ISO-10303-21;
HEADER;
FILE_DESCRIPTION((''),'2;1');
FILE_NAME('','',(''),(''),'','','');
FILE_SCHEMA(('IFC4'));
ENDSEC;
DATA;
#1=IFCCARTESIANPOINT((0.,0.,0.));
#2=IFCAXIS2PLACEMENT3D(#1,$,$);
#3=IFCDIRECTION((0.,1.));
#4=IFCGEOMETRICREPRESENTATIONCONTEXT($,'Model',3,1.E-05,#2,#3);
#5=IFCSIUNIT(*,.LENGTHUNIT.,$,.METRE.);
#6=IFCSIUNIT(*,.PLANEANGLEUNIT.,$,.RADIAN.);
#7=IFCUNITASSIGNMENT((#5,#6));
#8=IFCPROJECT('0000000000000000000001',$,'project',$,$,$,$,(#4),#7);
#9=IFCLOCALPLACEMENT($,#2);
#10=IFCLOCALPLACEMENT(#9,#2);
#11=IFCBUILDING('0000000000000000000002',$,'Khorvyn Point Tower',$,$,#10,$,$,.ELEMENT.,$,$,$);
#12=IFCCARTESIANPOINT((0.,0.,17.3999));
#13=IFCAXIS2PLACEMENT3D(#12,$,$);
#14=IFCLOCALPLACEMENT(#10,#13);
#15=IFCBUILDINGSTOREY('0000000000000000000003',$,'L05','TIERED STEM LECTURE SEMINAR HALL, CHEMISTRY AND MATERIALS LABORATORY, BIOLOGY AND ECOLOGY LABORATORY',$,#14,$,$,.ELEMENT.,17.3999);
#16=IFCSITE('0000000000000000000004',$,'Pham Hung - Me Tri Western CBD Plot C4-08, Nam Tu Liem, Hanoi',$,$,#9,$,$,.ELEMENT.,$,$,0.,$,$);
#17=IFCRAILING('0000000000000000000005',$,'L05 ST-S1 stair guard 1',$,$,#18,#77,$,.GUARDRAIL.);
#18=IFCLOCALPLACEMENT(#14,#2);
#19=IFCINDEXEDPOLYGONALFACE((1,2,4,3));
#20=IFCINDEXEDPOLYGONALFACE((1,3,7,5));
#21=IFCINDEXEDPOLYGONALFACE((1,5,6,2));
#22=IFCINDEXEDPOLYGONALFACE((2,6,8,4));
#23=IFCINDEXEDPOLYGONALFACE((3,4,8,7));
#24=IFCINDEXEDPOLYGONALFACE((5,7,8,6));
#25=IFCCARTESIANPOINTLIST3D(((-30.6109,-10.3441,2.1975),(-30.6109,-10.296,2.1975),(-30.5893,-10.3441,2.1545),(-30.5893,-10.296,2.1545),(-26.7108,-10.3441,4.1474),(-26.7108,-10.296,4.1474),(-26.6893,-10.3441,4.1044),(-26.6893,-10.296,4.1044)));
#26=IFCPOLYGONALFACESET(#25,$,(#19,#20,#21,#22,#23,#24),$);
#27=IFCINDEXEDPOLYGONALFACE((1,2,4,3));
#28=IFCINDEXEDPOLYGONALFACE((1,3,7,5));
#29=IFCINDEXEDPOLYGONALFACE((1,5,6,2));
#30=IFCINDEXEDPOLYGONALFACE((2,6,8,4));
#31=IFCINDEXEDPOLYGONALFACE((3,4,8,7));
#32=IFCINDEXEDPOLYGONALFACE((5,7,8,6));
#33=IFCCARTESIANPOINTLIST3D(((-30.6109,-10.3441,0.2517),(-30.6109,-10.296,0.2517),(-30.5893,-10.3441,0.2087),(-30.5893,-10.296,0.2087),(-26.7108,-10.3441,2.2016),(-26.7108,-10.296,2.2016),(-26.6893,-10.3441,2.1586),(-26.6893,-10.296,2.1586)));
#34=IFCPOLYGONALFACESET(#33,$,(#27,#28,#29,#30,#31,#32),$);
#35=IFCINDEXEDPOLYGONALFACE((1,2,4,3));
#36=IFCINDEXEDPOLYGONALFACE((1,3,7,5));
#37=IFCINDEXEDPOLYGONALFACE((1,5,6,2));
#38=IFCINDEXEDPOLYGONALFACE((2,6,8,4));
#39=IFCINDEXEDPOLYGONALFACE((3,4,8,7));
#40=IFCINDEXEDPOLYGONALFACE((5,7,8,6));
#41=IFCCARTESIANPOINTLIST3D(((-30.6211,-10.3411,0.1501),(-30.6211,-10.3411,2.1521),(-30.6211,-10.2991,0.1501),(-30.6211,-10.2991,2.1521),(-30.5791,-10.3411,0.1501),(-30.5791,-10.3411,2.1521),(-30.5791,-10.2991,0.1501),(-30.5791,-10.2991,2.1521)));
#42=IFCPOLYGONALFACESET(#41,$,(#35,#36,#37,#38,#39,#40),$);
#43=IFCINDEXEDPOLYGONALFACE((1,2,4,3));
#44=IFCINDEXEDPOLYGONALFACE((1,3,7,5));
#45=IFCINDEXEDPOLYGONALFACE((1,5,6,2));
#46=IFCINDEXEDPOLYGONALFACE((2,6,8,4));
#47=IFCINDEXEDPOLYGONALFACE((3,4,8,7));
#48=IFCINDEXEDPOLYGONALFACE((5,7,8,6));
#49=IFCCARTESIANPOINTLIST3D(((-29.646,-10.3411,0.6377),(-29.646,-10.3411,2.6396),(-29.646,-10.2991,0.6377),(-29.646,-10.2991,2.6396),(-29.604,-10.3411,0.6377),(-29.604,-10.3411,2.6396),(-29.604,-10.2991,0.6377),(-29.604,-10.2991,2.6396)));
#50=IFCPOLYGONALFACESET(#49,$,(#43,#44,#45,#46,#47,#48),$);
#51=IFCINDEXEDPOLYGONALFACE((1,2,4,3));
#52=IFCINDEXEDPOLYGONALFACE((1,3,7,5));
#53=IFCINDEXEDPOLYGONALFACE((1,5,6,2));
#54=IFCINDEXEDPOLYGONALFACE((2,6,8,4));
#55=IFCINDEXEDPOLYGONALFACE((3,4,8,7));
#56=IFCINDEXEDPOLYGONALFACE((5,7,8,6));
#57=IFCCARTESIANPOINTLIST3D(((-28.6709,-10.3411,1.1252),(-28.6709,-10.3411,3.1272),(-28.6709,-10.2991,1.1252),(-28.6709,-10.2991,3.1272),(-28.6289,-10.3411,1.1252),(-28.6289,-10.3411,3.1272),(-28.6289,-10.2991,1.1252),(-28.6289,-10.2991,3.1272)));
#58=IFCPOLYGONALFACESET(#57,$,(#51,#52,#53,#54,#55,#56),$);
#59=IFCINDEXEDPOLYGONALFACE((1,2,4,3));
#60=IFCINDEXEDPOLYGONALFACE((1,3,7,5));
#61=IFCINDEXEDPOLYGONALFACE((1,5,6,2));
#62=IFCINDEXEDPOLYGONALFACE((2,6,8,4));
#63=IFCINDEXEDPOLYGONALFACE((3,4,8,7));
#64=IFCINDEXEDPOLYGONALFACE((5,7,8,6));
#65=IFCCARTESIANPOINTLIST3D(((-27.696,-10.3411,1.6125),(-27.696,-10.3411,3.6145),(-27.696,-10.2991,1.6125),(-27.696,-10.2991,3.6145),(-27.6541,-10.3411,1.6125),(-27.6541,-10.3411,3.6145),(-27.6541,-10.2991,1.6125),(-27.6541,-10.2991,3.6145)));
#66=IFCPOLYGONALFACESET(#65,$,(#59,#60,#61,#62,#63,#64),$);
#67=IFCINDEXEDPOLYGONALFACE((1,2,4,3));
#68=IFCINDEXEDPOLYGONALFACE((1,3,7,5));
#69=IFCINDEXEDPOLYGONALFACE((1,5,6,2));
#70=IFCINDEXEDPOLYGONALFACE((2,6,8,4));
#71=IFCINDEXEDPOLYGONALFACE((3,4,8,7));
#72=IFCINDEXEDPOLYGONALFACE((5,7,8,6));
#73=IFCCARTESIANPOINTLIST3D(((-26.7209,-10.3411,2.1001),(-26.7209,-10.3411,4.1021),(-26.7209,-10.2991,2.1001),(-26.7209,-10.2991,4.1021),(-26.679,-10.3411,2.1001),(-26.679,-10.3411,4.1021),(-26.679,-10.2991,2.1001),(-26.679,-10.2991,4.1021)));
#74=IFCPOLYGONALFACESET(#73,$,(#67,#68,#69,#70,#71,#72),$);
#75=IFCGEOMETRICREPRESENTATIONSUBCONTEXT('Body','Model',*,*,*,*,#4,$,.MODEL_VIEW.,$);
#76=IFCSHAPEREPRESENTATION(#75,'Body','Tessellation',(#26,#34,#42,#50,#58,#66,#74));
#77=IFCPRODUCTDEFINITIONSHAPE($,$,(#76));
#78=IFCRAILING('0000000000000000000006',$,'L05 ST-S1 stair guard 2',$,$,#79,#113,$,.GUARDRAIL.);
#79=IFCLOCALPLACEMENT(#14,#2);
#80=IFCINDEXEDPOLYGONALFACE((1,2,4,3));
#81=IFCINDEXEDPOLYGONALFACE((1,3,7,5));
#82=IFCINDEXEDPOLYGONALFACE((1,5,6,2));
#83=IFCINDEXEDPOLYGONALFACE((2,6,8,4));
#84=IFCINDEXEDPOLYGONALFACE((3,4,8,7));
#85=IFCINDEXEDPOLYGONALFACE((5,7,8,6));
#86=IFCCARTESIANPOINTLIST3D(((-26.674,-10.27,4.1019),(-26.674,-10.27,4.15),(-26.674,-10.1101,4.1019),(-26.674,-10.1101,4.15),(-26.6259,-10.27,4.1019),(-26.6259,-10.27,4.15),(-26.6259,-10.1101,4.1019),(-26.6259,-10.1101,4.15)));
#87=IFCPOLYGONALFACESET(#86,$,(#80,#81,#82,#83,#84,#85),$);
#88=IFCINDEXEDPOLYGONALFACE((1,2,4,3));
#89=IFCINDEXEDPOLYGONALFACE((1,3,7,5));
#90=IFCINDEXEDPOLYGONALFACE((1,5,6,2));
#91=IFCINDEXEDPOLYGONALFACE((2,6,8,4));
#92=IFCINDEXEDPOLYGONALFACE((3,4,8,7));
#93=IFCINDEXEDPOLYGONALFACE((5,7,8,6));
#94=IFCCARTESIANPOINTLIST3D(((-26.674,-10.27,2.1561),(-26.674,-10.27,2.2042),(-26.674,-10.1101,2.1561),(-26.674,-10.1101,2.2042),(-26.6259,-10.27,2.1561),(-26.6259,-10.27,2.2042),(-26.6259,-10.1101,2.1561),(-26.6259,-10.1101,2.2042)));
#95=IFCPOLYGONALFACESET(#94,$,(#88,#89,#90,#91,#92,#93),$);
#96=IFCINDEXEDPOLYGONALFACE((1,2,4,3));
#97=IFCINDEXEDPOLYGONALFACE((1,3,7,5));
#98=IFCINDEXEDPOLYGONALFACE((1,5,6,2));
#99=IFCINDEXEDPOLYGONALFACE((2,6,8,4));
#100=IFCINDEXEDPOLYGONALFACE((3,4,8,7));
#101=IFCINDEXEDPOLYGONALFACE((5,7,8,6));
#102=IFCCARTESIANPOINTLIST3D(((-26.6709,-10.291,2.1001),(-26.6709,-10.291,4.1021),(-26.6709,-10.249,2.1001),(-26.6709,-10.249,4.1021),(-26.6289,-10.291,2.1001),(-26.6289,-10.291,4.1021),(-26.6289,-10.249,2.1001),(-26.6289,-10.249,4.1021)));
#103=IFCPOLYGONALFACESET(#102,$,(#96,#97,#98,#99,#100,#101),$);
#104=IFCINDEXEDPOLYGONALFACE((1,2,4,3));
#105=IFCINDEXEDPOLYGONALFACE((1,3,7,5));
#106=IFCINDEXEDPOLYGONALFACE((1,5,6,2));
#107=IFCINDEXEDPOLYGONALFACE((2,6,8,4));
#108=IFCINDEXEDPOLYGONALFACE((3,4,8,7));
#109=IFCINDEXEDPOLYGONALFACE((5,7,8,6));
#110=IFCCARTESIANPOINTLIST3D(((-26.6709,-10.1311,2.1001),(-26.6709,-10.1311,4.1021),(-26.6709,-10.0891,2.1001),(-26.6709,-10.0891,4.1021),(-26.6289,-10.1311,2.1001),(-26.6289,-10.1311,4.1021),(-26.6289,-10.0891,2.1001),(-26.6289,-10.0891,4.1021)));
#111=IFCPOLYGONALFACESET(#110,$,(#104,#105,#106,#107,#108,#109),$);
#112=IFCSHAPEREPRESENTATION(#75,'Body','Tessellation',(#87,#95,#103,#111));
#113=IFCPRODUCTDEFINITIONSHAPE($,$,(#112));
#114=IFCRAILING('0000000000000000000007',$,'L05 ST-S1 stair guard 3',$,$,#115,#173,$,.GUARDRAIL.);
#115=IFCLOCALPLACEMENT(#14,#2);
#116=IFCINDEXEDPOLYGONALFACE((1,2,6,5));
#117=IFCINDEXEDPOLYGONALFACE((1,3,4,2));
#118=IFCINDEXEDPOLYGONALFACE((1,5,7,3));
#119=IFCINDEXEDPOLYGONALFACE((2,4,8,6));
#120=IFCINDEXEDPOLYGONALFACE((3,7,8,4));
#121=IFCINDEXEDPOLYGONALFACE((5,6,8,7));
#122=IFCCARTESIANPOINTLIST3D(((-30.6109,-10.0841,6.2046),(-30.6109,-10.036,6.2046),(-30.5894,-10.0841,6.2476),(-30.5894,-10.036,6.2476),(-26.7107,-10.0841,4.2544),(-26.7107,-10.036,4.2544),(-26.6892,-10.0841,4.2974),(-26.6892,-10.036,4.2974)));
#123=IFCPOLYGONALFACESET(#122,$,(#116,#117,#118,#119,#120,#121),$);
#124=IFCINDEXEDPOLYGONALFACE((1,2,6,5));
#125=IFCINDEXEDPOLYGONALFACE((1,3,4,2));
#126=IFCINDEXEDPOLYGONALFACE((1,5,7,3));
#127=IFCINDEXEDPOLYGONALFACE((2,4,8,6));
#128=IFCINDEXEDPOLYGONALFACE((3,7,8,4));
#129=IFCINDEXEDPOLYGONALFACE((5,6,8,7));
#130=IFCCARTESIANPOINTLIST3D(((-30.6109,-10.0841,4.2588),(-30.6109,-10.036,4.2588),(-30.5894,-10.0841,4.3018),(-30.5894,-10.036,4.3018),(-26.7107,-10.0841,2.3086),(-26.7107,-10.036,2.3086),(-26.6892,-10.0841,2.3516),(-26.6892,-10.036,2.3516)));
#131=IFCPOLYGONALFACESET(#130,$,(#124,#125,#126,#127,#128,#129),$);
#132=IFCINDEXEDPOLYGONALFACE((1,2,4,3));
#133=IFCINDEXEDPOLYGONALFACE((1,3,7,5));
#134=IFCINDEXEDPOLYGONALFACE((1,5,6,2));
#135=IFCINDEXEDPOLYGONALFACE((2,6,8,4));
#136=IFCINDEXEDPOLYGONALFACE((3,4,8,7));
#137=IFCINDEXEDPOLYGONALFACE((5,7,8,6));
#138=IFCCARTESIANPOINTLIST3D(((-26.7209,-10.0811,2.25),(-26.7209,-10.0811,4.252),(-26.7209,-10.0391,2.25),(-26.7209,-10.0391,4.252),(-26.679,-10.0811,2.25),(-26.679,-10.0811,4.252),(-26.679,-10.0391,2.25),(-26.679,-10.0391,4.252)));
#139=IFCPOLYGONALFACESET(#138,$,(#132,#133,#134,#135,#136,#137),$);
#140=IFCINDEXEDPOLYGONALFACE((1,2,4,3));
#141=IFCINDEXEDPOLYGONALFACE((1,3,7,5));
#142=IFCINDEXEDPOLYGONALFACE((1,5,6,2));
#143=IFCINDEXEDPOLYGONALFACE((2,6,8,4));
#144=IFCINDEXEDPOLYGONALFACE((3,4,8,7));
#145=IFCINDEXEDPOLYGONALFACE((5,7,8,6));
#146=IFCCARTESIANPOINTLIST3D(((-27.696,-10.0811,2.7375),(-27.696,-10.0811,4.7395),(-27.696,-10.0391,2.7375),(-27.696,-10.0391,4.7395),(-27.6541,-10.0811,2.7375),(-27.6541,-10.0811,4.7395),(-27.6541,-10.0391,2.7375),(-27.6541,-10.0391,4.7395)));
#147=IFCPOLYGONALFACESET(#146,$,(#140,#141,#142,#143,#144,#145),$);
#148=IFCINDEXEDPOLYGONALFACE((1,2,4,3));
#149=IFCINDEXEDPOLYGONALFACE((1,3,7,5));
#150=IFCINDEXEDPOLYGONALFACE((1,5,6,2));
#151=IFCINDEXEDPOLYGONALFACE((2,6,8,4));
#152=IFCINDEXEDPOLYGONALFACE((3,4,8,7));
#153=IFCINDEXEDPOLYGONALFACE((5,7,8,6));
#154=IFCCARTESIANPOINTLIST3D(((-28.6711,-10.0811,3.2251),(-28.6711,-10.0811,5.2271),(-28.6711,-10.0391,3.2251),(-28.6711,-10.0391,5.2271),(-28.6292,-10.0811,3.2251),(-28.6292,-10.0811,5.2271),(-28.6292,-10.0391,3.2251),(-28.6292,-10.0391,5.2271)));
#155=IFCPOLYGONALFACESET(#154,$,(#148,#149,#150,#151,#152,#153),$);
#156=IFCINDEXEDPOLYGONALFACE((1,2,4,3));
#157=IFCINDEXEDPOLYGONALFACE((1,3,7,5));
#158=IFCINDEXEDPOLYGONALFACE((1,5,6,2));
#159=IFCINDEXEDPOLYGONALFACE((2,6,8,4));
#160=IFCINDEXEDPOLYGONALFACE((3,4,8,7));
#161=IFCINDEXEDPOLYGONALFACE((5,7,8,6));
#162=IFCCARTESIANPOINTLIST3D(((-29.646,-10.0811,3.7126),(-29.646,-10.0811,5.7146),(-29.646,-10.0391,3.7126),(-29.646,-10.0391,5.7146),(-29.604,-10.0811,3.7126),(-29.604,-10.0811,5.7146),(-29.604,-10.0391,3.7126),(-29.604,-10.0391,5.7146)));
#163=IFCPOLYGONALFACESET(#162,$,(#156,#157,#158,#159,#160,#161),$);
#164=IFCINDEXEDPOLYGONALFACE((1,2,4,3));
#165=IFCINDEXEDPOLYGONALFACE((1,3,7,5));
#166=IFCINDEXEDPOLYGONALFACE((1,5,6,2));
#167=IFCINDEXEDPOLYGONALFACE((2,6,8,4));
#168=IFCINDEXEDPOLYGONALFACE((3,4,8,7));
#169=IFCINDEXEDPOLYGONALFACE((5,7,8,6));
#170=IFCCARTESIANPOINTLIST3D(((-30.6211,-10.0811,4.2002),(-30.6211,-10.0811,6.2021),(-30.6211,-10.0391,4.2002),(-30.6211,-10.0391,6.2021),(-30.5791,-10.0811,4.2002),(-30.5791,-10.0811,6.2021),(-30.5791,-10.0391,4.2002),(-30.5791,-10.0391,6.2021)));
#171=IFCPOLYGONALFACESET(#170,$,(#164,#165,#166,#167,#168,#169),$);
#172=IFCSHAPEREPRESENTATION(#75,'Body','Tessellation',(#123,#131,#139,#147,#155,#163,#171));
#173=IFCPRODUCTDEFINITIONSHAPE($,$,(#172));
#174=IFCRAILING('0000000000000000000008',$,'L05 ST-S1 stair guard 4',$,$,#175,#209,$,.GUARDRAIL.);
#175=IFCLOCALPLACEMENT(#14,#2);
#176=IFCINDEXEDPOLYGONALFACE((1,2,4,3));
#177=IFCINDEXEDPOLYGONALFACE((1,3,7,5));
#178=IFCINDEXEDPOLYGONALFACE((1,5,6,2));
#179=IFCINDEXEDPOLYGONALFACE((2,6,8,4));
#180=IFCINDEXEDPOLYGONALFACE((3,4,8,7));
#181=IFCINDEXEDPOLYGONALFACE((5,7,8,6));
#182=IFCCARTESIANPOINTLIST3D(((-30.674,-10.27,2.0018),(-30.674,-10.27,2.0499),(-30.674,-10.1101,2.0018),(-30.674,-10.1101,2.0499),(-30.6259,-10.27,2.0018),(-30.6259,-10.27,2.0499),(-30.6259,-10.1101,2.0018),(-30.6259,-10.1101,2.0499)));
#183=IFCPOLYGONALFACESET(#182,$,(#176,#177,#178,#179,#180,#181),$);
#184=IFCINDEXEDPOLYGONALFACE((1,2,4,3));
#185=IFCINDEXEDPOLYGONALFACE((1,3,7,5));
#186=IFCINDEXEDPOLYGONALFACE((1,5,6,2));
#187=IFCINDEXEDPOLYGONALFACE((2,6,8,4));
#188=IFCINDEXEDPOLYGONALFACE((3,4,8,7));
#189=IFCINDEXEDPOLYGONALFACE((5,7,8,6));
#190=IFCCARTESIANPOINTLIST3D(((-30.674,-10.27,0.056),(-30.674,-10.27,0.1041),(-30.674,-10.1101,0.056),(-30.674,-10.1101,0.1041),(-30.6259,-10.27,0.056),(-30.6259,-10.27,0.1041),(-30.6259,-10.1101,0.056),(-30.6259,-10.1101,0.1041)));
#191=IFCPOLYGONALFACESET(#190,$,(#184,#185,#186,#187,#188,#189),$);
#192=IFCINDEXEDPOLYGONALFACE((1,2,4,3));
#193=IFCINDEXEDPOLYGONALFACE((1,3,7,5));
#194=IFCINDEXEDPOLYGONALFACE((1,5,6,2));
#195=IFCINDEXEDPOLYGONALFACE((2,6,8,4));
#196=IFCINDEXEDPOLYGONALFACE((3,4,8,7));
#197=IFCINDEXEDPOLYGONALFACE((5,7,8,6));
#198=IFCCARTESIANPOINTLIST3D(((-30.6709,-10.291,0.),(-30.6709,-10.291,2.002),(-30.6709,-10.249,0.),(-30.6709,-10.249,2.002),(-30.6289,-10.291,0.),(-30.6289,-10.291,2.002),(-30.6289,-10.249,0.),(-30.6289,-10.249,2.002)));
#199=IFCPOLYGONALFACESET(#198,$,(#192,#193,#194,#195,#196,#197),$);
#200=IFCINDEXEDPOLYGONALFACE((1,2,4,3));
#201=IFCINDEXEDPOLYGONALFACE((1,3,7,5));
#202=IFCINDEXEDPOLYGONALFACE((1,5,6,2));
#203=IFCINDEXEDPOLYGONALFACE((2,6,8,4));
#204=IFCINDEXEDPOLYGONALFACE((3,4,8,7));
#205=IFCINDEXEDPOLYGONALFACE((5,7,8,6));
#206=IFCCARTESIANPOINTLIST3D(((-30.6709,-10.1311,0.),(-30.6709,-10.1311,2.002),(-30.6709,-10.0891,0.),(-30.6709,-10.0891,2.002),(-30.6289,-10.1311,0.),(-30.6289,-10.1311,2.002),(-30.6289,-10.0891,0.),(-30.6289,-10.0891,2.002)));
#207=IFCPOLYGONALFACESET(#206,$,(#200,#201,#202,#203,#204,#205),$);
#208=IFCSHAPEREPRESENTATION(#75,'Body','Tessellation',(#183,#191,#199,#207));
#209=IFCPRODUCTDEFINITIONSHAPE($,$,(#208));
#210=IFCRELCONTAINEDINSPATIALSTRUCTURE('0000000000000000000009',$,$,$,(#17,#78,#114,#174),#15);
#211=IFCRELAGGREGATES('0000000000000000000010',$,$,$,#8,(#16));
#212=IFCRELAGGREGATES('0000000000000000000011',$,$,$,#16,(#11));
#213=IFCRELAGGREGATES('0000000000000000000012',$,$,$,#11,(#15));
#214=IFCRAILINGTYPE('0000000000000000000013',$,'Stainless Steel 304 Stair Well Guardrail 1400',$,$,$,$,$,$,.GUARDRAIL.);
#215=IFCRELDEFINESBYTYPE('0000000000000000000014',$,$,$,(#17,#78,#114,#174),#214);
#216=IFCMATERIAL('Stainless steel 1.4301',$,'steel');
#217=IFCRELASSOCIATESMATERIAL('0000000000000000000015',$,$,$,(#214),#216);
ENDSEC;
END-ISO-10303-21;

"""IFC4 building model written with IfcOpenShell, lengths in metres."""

from ifc_helpers import new_model, si_unit, direction, frame, origin, origin_2d, place, context, subcontext, project, spatial, rectangle, extrude, material, type_object, element, save


model = new_model("IFC4")

# Units and contexts
model_context = context("Model", 3, precision=1e-05, world=origin(), true_north=direction((0.0, 1.0)))
body_context = subcontext(model_context, "Body", "Model", "MODEL_VIEW")
ifc_project = project(units=[si_unit("LENGTHUNIT", "METRE"), si_unit("PLANEANGLEUNIT", "RADIAN")], contexts=[model_context])

# Site, building, storey
site_placement = place(None, origin())
site = spatial("IfcSite", under=ifc_project, at=site_placement, Name="Pham Hung - Me Tri Western CBD Plot C4-08, Nam Tu Liem, Hanoi", CompositionType="ELEMENT", RefElevation=0.0)
building_placement = place(site_placement, origin())
building = spatial("IfcBuilding", under=site, at=building_placement, Name="Khorvyn Point Tower", CompositionType="ELEMENT")
storey_placement = place(building_placement, frame((0.0, 0.0, 17.3999)))
storey = spatial("IfcBuildingStorey", under=building, at=storey_placement, Name="L05", Description="TIERED STEM LECTURE SEMINAR HALL, CHEMISTRY AND MATERIALS LABORATORY, BIOLOGY AND ECOLOGY LABORATORY", CompositionType="ELEMENT", Elevation=17.3999)

# Shared definitions
ifc_material_1 = material(Name="Stainless steel 1.4301", Category="steel")

# Railings
railing_type_1 = type_object("IfcRailingType", Name="Stainless Steel 304 Stair Well Guardrail 1400", PredefinedType="GUARDRAIL", material=ifc_material_1)
railing_1_placement = place(storey_placement, frame((-30.6001, -10.3201, 0.1501)))
element("IfcRailing", 1, at=railing_1_placement, inside=storey, type_object=railing_type_1, Name="L05 ST-S1 stair guard 1", PredefinedType="GUARDRAIL", context=body_context, shape_type="SweptSolid", body=[
    extrude(rectangle(XDim=0.0481, YDim=0.0481, at=origin_2d()), frame((0.0, 0.0, 2.0259), z_axis=(0.894438, 0.0, 0.447191), x_axis=(0.0, 1.0, 0.0)), (0.0, 0.0, 1.0), 4.3604),
    extrude(rectangle(XDim=0.0481, YDim=0.0481, at=origin_2d()), frame((0.0, 0.0, 0.0801), z_axis=(0.894438, 0.0, 0.447191), x_axis=(0.0, 1.0, 0.0)), (0.0, 0.0, 1.0), 4.3604),
    extrude(rectangle(XDim=0.042, YDim=0.042, at=origin_2d()), origin(), (0.0, 0.0, 1.0), 2.002),
    extrude(rectangle(XDim=0.042, YDim=0.042, at=origin_2d()), frame((0.9751, 0.0, 0.4875)), (0.0, 0.0, 1.0), 2.002),
    extrude(rectangle(XDim=0.042, YDim=0.042, at=origin_2d()), frame((1.9502, 0.0, 0.9751)), (0.0, 0.0, 1.0), 2.002),
    extrude(rectangle(XDim=0.042, YDim=0.042, at=origin_2d()), frame((2.925, 0.0, 1.4624)), (0.0, 0.0, 1.0), 2.002),
    extrude(rectangle(XDim=0.042, YDim=0.042, at=origin_2d()), frame((3.9001, 0.0, 1.95)), (0.0, 0.0, 1.0), 2.002),
])
railing_2_placement = place(storey_placement, frame((-26.6499, -10.27, 2.1001)))
element("IfcRailing", 2, at=railing_2_placement, inside=storey, type_object=railing_type_1, Name="L05 ST-S1 stair guard 2", PredefinedType="GUARDRAIL", context=body_context, shape_type="SweptSolid", body=[
    extrude(rectangle(XDim=0.0481, YDim=0.0481, at=origin_2d()), frame((0.0, 0.0, 2.0259), z_axis=(0.0, 1.0, 0.0), x_axis=(-1.0, 0.0, 0.0)), (0.0, 0.0, 1.0), 0.1599),
    extrude(rectangle(XDim=0.0481, YDim=0.0481, at=origin_2d()), frame((0.0, 0.0, 0.0801), z_axis=(0.0, 1.0, 0.0), x_axis=(-1.0, 0.0, 0.0)), (0.0, 0.0, 1.0), 0.1599),
    extrude(rectangle(XDim=0.042, YDim=0.042, at=origin_2d()), origin(), (0.0, 0.0, 1.0), 2.002),
    extrude(rectangle(XDim=0.042, YDim=0.042, at=origin_2d()), frame((0.0, 0.1599, 0.0)), (0.0, 0.0, 1.0), 2.002),
])
railing_3_placement = place(storey_placement, frame((-26.7, -10.0601, 2.25)))
element("IfcRailing", 3, at=railing_3_placement, inside=storey, type_object=railing_type_1, Name="L05 ST-S1 stair guard 3", PredefinedType="GUARDRAIL", context=body_context, shape_type="SweptSolid", body=[
    extrude(rectangle(XDim=0.0481, YDim=0.0481, at=origin_2d()), frame((0.0, 0.0, 2.0259), z_axis=(-0.894416, 0.0, 0.447236), x_axis=(0.0, -1.0, 0.0)), (0.0, 0.0, 1.0), 4.3606),
    extrude(rectangle(XDim=0.0481, YDim=0.0481, at=origin_2d()), frame((0.0, 0.0, 0.0801), z_axis=(-0.894416, 0.0, 0.447236), x_axis=(0.0, -1.0, 0.0)), (0.0, 0.0, 1.0), 4.3606),
    extrude(rectangle(XDim=0.042, YDim=0.042, at=origin_2d()), origin(), (0.0, 0.0, 1.0), 2.002),
    extrude(rectangle(XDim=0.042, YDim=0.042, at=origin_2d()), frame((-0.9751, 0.0, 0.4875)), (0.0, 0.0, 1.0), 2.002),
    extrude(rectangle(XDim=0.042, YDim=0.042, at=origin_2d()), frame((-1.9502, 0.0, 0.9751)), (0.0, 0.0, 1.0), 2.002),
    extrude(rectangle(XDim=0.042, YDim=0.042, at=origin_2d()), frame((-2.925, 0.0, 1.4626)), (0.0, 0.0, 1.0), 2.002),
    extrude(rectangle(XDim=0.042, YDim=0.042, at=origin_2d()), frame((-3.9001, 0.0, 1.9502)), (0.0, 0.0, 1.0), 2.002),
])
railing_4_placement = place(storey_placement, frame((-30.6499, -10.27, 0.0)))
element("IfcRailing", 4, at=railing_4_placement, inside=storey, type_object=railing_type_1, Name="L05 ST-S1 stair guard 4", PredefinedType="GUARDRAIL", context=body_context, shape_type="SweptSolid", body=[
    extrude(rectangle(XDim=0.0481, YDim=0.0481, at=origin_2d()), frame((0.0, 0.0, 2.0259), z_axis=(0.0, 1.0, 0.0), x_axis=(-1.0, 0.0, 0.0)), (0.0, 0.0, 1.0), 0.1599),
    extrude(rectangle(XDim=0.0481, YDim=0.0481, at=origin_2d()), frame((0.0, 0.0, 0.0801), z_axis=(0.0, 1.0, 0.0), x_axis=(-1.0, 0.0, 0.0)), (0.0, 0.0, 1.0), 0.1599),
    extrude(rectangle(XDim=0.042, YDim=0.042, at=origin_2d()), origin(), (0.0, 0.0, 1.0), 2.002),
    extrude(rectangle(XDim=0.042, YDim=0.042, at=origin_2d()), frame((0.0, 0.1599, 0.0)), (0.0, 0.0, 1.0), 2.002),
])

save(model, "model.ifc")
